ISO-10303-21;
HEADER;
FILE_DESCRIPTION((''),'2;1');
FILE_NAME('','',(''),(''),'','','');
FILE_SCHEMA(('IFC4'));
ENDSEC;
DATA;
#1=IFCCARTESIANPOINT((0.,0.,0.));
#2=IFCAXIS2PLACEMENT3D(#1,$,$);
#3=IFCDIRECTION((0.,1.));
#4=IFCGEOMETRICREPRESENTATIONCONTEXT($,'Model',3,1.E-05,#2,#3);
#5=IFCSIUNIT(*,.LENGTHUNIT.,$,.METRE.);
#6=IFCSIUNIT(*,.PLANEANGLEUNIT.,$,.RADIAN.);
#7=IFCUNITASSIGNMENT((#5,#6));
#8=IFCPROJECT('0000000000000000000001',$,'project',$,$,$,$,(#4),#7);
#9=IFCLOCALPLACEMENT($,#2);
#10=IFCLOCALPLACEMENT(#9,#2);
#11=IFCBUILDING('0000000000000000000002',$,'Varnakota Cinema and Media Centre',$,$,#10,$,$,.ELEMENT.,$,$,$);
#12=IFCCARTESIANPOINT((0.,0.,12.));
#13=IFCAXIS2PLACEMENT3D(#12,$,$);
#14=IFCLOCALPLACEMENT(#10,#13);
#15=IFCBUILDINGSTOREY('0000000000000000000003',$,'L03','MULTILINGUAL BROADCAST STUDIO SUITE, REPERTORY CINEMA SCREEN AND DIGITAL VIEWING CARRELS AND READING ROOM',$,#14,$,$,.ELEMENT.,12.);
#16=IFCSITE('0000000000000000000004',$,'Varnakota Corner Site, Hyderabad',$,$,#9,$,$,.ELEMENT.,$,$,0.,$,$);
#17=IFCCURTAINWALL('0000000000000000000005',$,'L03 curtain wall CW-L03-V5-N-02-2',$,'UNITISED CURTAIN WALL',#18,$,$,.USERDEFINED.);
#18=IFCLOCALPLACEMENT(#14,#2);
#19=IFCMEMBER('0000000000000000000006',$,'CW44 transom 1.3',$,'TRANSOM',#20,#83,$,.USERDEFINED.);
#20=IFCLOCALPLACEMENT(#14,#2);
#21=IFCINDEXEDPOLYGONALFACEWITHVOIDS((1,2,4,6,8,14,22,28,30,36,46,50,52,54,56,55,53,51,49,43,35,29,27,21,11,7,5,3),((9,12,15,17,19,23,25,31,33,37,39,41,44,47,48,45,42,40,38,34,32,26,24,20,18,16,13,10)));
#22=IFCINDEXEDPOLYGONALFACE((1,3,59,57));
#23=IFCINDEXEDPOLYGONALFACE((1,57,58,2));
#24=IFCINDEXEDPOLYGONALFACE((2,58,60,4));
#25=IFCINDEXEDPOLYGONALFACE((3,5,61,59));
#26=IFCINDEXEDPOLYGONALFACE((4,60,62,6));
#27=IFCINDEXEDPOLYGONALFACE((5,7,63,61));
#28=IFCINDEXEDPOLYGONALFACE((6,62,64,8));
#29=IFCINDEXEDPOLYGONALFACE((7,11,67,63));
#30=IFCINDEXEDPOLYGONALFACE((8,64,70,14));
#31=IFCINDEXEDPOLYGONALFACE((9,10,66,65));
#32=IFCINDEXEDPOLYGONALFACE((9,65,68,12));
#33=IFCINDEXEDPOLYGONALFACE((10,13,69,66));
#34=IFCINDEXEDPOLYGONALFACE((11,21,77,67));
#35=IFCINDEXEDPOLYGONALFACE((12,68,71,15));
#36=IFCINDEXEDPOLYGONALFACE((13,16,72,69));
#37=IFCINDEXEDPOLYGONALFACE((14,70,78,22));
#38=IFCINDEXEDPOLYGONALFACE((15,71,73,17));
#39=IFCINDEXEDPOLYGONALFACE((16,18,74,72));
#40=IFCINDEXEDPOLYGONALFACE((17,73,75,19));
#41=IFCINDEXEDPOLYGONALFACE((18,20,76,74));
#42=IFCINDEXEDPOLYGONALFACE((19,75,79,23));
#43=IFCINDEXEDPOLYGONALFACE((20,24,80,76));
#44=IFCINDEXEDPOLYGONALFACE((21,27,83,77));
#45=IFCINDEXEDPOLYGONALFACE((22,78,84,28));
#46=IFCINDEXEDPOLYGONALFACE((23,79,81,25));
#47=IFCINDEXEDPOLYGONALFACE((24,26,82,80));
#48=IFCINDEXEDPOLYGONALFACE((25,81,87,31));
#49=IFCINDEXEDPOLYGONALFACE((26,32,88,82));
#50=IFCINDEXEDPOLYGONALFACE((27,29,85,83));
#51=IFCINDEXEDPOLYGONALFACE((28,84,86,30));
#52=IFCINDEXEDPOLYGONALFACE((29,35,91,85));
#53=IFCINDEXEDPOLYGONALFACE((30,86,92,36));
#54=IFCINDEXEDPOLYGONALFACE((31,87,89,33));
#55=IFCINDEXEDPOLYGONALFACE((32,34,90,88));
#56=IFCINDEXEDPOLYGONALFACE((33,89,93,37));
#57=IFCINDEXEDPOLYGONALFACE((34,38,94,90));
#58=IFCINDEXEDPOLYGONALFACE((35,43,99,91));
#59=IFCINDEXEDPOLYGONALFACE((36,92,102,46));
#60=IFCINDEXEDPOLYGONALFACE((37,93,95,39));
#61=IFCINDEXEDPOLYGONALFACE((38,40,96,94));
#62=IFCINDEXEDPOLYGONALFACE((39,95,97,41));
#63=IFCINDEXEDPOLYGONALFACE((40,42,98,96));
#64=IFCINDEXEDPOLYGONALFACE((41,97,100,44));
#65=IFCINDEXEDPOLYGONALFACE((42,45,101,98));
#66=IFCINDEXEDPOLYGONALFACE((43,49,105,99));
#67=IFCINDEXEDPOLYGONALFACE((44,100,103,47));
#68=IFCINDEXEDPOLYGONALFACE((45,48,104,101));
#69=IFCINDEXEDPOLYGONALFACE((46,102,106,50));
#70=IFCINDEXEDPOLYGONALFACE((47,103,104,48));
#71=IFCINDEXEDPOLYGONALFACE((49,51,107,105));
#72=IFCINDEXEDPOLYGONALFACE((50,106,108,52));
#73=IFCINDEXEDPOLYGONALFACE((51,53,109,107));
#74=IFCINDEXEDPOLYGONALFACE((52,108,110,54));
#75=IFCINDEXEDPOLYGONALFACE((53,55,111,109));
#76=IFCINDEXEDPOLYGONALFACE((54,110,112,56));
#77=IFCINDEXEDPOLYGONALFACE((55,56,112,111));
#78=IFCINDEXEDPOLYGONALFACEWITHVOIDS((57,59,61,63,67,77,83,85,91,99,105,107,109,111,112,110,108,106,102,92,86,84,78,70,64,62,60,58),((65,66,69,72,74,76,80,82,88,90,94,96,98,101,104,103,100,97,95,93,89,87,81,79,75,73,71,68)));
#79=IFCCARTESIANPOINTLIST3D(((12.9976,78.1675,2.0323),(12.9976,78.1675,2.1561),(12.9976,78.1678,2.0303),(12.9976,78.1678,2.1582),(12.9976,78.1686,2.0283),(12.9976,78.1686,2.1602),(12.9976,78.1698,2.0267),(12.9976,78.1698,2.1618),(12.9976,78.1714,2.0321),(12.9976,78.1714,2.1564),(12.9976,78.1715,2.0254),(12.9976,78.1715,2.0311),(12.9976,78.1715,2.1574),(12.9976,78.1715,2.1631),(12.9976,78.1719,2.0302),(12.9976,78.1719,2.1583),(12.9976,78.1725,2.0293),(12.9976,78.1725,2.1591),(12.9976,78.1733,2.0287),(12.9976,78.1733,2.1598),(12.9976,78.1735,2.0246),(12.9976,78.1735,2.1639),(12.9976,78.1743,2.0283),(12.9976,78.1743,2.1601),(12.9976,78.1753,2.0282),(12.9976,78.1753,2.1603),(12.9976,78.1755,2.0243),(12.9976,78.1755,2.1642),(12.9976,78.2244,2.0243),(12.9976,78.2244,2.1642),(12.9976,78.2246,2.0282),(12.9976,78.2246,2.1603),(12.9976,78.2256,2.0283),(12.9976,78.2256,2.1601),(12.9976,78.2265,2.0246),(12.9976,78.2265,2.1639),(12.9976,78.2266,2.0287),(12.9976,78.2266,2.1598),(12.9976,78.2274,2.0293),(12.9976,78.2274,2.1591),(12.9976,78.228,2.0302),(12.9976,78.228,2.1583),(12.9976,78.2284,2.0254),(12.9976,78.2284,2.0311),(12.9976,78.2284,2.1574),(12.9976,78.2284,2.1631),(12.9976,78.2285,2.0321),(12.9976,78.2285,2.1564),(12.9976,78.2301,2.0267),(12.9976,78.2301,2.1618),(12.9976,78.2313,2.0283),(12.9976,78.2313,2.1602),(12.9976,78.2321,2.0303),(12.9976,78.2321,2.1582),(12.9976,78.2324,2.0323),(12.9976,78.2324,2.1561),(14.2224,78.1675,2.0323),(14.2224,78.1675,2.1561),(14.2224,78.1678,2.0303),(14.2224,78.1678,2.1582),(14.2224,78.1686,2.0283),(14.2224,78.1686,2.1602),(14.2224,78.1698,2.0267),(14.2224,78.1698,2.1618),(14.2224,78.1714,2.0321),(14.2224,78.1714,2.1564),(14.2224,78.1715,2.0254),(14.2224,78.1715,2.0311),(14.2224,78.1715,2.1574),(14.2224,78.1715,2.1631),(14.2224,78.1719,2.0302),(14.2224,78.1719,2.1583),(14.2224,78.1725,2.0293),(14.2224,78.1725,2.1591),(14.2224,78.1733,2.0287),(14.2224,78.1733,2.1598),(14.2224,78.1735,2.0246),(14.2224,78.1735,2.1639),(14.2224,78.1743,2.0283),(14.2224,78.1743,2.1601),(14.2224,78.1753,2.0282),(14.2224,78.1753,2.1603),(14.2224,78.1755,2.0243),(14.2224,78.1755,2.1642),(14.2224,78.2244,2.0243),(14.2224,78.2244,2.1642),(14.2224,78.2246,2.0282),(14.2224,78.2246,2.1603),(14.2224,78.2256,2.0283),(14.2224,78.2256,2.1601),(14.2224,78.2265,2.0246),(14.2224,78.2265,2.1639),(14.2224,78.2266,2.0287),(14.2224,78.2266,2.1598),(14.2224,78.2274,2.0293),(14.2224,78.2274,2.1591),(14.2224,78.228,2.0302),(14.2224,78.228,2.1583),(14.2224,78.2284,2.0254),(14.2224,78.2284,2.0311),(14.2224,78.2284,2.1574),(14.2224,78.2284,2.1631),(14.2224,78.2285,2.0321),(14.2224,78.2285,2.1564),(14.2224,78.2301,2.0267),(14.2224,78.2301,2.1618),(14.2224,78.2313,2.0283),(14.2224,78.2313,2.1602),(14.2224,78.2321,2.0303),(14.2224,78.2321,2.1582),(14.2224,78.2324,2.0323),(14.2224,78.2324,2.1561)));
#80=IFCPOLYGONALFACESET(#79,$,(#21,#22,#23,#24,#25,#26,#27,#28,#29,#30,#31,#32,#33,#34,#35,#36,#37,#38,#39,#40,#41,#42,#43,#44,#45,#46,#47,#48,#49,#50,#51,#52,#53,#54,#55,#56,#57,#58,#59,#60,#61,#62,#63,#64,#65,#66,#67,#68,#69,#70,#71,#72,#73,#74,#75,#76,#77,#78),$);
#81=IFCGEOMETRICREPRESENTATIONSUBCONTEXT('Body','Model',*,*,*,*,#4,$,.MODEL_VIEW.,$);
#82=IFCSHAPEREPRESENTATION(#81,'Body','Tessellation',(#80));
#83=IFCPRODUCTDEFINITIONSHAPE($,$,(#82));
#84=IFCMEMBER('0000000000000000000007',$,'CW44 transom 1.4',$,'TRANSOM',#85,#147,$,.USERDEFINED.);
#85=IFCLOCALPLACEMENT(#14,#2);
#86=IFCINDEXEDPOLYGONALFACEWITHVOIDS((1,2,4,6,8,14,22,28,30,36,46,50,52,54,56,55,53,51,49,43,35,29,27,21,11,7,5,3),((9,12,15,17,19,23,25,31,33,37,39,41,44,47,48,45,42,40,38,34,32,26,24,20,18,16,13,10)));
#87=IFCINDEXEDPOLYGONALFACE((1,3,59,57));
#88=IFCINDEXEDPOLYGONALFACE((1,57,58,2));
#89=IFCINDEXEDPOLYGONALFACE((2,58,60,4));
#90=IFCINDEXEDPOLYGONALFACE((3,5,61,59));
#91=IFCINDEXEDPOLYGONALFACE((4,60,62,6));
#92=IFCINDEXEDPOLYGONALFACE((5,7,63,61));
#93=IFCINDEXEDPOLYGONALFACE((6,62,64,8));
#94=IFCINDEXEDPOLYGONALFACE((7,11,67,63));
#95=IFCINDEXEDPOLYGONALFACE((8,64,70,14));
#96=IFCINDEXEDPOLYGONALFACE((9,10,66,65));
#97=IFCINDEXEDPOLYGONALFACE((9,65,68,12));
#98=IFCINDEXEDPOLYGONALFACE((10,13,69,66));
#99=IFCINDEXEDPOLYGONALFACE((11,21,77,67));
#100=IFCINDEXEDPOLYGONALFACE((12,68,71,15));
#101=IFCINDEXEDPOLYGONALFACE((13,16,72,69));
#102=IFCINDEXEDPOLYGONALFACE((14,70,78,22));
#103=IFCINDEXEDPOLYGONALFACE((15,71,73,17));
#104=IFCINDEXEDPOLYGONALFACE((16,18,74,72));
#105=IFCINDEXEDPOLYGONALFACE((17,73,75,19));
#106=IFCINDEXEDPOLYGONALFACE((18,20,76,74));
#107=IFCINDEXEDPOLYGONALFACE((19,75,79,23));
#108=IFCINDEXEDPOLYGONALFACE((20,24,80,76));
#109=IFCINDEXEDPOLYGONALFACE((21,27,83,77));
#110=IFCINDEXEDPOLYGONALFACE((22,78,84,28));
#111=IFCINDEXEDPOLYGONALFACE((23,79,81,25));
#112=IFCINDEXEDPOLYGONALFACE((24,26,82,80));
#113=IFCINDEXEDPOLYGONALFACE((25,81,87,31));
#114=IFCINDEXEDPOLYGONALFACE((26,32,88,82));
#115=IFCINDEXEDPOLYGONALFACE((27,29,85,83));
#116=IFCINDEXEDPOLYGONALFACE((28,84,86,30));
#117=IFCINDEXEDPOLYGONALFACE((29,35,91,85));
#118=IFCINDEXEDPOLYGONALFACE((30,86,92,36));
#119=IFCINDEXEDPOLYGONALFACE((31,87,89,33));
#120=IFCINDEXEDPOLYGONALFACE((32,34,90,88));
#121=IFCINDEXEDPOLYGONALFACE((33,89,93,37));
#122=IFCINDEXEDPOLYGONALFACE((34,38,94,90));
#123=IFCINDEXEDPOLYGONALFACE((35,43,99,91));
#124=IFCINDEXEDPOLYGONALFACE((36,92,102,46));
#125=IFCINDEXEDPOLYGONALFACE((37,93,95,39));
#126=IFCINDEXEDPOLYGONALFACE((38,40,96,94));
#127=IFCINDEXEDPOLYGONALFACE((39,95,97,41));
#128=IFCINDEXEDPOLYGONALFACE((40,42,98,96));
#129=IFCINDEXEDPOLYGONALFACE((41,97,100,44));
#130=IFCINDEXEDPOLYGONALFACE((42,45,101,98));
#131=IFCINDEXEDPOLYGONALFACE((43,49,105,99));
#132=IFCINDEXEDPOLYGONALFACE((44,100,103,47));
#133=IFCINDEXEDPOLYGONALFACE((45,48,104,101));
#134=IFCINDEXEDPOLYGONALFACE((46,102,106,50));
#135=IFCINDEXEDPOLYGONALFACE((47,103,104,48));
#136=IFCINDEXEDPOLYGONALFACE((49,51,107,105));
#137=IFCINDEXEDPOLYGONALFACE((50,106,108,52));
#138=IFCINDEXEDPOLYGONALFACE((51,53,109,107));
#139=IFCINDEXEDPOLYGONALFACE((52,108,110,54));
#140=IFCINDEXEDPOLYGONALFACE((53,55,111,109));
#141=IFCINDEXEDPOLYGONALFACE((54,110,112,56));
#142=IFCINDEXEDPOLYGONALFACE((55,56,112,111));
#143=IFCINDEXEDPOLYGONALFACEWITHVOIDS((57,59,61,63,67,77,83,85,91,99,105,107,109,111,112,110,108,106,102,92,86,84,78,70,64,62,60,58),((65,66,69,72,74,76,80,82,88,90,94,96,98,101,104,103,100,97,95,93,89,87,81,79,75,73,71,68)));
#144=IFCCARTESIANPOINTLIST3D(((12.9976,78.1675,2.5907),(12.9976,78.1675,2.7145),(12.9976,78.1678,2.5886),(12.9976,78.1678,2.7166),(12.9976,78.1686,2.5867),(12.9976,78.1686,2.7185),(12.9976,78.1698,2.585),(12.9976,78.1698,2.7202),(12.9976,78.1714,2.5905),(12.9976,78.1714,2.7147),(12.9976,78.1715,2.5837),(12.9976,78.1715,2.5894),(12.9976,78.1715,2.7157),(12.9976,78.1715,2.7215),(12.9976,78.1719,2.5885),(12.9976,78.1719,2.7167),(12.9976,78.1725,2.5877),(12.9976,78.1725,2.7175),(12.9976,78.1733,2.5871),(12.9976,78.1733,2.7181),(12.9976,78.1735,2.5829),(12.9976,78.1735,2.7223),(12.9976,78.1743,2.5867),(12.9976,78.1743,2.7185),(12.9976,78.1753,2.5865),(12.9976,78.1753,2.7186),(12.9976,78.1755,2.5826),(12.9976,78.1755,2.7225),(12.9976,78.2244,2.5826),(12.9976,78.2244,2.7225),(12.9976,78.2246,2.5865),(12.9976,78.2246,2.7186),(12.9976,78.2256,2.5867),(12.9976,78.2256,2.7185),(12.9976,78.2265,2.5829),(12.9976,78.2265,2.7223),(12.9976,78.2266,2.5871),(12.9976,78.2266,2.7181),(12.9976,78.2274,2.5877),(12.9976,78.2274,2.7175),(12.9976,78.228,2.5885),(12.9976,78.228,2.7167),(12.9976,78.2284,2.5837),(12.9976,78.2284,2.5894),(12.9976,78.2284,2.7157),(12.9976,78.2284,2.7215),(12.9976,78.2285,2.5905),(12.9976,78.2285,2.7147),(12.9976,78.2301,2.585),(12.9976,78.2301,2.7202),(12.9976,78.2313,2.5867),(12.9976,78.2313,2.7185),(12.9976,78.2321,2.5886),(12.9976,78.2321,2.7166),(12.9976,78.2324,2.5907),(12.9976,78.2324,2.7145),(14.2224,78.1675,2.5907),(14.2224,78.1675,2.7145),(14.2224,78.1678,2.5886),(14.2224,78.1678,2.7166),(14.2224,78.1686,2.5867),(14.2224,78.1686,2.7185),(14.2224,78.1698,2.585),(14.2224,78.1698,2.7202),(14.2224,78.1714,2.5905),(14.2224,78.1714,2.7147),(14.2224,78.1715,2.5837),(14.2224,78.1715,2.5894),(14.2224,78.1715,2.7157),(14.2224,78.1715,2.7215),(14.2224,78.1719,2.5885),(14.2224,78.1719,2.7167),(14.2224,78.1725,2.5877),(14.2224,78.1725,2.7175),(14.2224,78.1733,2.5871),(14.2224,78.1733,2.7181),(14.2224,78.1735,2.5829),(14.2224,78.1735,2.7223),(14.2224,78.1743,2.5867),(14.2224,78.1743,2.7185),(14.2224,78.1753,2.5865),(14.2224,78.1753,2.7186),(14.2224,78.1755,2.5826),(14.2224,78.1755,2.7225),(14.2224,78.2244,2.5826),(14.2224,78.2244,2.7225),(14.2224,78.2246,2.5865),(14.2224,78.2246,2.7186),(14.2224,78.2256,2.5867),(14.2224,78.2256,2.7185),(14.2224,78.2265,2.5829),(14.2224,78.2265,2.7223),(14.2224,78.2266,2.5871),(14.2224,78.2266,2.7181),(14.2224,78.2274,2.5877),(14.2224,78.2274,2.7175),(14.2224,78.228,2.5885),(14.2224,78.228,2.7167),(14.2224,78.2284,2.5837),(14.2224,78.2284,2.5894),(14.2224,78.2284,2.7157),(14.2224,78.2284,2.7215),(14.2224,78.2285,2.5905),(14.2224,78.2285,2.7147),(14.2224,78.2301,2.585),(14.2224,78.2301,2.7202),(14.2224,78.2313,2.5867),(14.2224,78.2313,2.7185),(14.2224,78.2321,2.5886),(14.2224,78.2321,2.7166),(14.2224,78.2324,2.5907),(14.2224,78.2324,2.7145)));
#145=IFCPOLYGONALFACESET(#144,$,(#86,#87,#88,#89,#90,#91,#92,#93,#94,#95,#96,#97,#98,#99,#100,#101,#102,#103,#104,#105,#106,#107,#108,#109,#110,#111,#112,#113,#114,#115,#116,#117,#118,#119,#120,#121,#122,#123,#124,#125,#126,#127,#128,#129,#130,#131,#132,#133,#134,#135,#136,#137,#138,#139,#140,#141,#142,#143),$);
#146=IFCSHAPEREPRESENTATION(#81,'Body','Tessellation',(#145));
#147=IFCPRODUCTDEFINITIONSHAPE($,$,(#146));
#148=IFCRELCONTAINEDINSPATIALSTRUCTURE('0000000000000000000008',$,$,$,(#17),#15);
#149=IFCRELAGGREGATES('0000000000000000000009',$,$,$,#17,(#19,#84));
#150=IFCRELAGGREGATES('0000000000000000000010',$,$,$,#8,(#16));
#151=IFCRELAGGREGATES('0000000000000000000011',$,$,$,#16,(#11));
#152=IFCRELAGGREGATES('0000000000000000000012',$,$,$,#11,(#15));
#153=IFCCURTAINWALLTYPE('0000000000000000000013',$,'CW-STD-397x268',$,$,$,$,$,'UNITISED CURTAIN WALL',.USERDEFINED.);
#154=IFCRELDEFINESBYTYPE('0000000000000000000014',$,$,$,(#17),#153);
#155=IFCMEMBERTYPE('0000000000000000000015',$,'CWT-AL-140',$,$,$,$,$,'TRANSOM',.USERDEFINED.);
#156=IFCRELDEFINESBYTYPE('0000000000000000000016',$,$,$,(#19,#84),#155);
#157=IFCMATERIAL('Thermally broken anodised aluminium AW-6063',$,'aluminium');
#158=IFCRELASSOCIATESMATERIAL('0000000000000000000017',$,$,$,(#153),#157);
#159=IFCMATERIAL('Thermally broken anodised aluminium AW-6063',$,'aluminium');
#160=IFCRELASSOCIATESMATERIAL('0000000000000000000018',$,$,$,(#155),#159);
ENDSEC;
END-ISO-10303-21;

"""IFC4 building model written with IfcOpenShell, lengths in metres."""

from ifc_helpers import new_model, si_unit, direction, frame, origin, origin_2d, place, context, subcontext, project, spatial, hollow_rectangle, extrude, material, material_profile, profile_set, type_object, element, aggregate, save


model = new_model("IFC4")

# Units and contexts
model_context = context("Model", 3, precision=1e-05, world=origin(), true_north=direction((0.0, 1.0)))
body_context = subcontext(model_context, "Body", "Model", "MODEL_VIEW")
ifc_project = project(units=[si_unit("LENGTHUNIT", "METRE"), si_unit("PLANEANGLEUNIT", "RADIAN")], contexts=[model_context])

# Site, building, storey
site_placement = place(None, origin())
site = spatial("IfcSite", under=ifc_project, at=site_placement, Name="Varnakota Corner Site, Hyderabad", CompositionType="ELEMENT", RefElevation=0.0)
building_placement = place(site_placement, origin())
building = spatial("IfcBuilding", under=site, at=building_placement, Name="Varnakota Cinema and Media Centre", CompositionType="ELEMENT")
storey_placement = place(building_placement, frame((0.0, 0.0, 12.0)))
storey = spatial("IfcBuildingStorey", under=building, at=storey_placement, Name="L03", Description="MULTILINGUAL BROADCAST STUDIO SUITE, REPERTORY CINEMA SCREEN AND DIGITAL VIEWING CARRELS AND READING ROOM", CompositionType="ELEMENT", Elevation=12.0)

# Curtain wall
ifc_material_1 = material(Name="Thermally broken anodised aluminium AW-6063", Category="aluminium")
curtain_wall_type = type_object("IfcCurtainWallType", Name="CW-STD-397x268", ElementType="UNITISED CURTAIN WALL", PredefinedType="USERDEFINED", material=ifc_material_1)
curtain_wall_1_placement = place(storey_placement, origin())
curtain_wall_1 = element("IfcCurtainWall", 1, at=curtain_wall_1_placement, inside=storey, type_object=curtain_wall_type, Name="L03 curtain wall CW-L03-V5-N-02-2", ObjectType="UNITISED CURTAIN WALL", PredefinedType="USERDEFINED")

# Members
ifc_material_2 = material(Name="Thermally broken anodised aluminium AW-6063", Category="aluminium")
ifc_material_profile_1 = material_profile(ifc_material_2, hollow_rectangle(XDim=0.0649, YDim=0.1399, WallThickness=0.0039, InnerFilletRadius=0.0039, OuterFilletRadius=0.0081, at=origin_2d()), Name="AL-TRANSOM 140x65x4")
ifc_profile_set_1 = profile_set([ifc_material_profile_1], Name="Thermally broken anodised aluminium AW-6063")
member_type_1 = type_object("IfcMemberType", Name="CWT-AL-140", ElementType="TRANSOM", PredefinedType="USERDEFINED", material=ifc_profile_set_1)
member_1_placement = place(storey_placement, frame((12.9976, 78.2, 2.0942), z_axis=(1.0, 0.0, 0.0), x_axis=(0.0, 1.0, 0.0)))
member_1 = element("IfcMember", 2, at=member_1_placement, type_object=member_type_1, Name="CW44 transom 1.3", ObjectType="TRANSOM", PredefinedType="USERDEFINED", context=body_context, shape_type="SweptSolid", body=[
    extrude(hollow_rectangle(XDim=0.0649, YDim=0.1399, WallThickness=0.0039, InnerFilletRadius=0.0039, OuterFilletRadius=0.0081, at=origin_2d()), origin(), (0.0, 0.0, 1.0), 1.2249),
])
member_2_placement = place(storey_placement, frame((12.9976, 78.2, 2.6526), z_axis=(1.0, 0.0, 0.0), x_axis=(0.0, 1.0, 0.0)))
member_2 = element("IfcMember", 3, at=member_2_placement, type_object=member_type_1, Name="CW44 transom 1.4", ObjectType="TRANSOM", PredefinedType="USERDEFINED", context=body_context, shape_type="SweptSolid", body=[
    extrude(hollow_rectangle(XDim=0.0649, YDim=0.1399, WallThickness=0.0039, InnerFilletRadius=0.0039, OuterFilletRadius=0.0081, at=origin_2d()), origin(), (0.0, 0.0, 1.0), 1.2249),
])

aggregate(curtain_wall_1, [member_1, member_2])

save(model, "model.ifc")
